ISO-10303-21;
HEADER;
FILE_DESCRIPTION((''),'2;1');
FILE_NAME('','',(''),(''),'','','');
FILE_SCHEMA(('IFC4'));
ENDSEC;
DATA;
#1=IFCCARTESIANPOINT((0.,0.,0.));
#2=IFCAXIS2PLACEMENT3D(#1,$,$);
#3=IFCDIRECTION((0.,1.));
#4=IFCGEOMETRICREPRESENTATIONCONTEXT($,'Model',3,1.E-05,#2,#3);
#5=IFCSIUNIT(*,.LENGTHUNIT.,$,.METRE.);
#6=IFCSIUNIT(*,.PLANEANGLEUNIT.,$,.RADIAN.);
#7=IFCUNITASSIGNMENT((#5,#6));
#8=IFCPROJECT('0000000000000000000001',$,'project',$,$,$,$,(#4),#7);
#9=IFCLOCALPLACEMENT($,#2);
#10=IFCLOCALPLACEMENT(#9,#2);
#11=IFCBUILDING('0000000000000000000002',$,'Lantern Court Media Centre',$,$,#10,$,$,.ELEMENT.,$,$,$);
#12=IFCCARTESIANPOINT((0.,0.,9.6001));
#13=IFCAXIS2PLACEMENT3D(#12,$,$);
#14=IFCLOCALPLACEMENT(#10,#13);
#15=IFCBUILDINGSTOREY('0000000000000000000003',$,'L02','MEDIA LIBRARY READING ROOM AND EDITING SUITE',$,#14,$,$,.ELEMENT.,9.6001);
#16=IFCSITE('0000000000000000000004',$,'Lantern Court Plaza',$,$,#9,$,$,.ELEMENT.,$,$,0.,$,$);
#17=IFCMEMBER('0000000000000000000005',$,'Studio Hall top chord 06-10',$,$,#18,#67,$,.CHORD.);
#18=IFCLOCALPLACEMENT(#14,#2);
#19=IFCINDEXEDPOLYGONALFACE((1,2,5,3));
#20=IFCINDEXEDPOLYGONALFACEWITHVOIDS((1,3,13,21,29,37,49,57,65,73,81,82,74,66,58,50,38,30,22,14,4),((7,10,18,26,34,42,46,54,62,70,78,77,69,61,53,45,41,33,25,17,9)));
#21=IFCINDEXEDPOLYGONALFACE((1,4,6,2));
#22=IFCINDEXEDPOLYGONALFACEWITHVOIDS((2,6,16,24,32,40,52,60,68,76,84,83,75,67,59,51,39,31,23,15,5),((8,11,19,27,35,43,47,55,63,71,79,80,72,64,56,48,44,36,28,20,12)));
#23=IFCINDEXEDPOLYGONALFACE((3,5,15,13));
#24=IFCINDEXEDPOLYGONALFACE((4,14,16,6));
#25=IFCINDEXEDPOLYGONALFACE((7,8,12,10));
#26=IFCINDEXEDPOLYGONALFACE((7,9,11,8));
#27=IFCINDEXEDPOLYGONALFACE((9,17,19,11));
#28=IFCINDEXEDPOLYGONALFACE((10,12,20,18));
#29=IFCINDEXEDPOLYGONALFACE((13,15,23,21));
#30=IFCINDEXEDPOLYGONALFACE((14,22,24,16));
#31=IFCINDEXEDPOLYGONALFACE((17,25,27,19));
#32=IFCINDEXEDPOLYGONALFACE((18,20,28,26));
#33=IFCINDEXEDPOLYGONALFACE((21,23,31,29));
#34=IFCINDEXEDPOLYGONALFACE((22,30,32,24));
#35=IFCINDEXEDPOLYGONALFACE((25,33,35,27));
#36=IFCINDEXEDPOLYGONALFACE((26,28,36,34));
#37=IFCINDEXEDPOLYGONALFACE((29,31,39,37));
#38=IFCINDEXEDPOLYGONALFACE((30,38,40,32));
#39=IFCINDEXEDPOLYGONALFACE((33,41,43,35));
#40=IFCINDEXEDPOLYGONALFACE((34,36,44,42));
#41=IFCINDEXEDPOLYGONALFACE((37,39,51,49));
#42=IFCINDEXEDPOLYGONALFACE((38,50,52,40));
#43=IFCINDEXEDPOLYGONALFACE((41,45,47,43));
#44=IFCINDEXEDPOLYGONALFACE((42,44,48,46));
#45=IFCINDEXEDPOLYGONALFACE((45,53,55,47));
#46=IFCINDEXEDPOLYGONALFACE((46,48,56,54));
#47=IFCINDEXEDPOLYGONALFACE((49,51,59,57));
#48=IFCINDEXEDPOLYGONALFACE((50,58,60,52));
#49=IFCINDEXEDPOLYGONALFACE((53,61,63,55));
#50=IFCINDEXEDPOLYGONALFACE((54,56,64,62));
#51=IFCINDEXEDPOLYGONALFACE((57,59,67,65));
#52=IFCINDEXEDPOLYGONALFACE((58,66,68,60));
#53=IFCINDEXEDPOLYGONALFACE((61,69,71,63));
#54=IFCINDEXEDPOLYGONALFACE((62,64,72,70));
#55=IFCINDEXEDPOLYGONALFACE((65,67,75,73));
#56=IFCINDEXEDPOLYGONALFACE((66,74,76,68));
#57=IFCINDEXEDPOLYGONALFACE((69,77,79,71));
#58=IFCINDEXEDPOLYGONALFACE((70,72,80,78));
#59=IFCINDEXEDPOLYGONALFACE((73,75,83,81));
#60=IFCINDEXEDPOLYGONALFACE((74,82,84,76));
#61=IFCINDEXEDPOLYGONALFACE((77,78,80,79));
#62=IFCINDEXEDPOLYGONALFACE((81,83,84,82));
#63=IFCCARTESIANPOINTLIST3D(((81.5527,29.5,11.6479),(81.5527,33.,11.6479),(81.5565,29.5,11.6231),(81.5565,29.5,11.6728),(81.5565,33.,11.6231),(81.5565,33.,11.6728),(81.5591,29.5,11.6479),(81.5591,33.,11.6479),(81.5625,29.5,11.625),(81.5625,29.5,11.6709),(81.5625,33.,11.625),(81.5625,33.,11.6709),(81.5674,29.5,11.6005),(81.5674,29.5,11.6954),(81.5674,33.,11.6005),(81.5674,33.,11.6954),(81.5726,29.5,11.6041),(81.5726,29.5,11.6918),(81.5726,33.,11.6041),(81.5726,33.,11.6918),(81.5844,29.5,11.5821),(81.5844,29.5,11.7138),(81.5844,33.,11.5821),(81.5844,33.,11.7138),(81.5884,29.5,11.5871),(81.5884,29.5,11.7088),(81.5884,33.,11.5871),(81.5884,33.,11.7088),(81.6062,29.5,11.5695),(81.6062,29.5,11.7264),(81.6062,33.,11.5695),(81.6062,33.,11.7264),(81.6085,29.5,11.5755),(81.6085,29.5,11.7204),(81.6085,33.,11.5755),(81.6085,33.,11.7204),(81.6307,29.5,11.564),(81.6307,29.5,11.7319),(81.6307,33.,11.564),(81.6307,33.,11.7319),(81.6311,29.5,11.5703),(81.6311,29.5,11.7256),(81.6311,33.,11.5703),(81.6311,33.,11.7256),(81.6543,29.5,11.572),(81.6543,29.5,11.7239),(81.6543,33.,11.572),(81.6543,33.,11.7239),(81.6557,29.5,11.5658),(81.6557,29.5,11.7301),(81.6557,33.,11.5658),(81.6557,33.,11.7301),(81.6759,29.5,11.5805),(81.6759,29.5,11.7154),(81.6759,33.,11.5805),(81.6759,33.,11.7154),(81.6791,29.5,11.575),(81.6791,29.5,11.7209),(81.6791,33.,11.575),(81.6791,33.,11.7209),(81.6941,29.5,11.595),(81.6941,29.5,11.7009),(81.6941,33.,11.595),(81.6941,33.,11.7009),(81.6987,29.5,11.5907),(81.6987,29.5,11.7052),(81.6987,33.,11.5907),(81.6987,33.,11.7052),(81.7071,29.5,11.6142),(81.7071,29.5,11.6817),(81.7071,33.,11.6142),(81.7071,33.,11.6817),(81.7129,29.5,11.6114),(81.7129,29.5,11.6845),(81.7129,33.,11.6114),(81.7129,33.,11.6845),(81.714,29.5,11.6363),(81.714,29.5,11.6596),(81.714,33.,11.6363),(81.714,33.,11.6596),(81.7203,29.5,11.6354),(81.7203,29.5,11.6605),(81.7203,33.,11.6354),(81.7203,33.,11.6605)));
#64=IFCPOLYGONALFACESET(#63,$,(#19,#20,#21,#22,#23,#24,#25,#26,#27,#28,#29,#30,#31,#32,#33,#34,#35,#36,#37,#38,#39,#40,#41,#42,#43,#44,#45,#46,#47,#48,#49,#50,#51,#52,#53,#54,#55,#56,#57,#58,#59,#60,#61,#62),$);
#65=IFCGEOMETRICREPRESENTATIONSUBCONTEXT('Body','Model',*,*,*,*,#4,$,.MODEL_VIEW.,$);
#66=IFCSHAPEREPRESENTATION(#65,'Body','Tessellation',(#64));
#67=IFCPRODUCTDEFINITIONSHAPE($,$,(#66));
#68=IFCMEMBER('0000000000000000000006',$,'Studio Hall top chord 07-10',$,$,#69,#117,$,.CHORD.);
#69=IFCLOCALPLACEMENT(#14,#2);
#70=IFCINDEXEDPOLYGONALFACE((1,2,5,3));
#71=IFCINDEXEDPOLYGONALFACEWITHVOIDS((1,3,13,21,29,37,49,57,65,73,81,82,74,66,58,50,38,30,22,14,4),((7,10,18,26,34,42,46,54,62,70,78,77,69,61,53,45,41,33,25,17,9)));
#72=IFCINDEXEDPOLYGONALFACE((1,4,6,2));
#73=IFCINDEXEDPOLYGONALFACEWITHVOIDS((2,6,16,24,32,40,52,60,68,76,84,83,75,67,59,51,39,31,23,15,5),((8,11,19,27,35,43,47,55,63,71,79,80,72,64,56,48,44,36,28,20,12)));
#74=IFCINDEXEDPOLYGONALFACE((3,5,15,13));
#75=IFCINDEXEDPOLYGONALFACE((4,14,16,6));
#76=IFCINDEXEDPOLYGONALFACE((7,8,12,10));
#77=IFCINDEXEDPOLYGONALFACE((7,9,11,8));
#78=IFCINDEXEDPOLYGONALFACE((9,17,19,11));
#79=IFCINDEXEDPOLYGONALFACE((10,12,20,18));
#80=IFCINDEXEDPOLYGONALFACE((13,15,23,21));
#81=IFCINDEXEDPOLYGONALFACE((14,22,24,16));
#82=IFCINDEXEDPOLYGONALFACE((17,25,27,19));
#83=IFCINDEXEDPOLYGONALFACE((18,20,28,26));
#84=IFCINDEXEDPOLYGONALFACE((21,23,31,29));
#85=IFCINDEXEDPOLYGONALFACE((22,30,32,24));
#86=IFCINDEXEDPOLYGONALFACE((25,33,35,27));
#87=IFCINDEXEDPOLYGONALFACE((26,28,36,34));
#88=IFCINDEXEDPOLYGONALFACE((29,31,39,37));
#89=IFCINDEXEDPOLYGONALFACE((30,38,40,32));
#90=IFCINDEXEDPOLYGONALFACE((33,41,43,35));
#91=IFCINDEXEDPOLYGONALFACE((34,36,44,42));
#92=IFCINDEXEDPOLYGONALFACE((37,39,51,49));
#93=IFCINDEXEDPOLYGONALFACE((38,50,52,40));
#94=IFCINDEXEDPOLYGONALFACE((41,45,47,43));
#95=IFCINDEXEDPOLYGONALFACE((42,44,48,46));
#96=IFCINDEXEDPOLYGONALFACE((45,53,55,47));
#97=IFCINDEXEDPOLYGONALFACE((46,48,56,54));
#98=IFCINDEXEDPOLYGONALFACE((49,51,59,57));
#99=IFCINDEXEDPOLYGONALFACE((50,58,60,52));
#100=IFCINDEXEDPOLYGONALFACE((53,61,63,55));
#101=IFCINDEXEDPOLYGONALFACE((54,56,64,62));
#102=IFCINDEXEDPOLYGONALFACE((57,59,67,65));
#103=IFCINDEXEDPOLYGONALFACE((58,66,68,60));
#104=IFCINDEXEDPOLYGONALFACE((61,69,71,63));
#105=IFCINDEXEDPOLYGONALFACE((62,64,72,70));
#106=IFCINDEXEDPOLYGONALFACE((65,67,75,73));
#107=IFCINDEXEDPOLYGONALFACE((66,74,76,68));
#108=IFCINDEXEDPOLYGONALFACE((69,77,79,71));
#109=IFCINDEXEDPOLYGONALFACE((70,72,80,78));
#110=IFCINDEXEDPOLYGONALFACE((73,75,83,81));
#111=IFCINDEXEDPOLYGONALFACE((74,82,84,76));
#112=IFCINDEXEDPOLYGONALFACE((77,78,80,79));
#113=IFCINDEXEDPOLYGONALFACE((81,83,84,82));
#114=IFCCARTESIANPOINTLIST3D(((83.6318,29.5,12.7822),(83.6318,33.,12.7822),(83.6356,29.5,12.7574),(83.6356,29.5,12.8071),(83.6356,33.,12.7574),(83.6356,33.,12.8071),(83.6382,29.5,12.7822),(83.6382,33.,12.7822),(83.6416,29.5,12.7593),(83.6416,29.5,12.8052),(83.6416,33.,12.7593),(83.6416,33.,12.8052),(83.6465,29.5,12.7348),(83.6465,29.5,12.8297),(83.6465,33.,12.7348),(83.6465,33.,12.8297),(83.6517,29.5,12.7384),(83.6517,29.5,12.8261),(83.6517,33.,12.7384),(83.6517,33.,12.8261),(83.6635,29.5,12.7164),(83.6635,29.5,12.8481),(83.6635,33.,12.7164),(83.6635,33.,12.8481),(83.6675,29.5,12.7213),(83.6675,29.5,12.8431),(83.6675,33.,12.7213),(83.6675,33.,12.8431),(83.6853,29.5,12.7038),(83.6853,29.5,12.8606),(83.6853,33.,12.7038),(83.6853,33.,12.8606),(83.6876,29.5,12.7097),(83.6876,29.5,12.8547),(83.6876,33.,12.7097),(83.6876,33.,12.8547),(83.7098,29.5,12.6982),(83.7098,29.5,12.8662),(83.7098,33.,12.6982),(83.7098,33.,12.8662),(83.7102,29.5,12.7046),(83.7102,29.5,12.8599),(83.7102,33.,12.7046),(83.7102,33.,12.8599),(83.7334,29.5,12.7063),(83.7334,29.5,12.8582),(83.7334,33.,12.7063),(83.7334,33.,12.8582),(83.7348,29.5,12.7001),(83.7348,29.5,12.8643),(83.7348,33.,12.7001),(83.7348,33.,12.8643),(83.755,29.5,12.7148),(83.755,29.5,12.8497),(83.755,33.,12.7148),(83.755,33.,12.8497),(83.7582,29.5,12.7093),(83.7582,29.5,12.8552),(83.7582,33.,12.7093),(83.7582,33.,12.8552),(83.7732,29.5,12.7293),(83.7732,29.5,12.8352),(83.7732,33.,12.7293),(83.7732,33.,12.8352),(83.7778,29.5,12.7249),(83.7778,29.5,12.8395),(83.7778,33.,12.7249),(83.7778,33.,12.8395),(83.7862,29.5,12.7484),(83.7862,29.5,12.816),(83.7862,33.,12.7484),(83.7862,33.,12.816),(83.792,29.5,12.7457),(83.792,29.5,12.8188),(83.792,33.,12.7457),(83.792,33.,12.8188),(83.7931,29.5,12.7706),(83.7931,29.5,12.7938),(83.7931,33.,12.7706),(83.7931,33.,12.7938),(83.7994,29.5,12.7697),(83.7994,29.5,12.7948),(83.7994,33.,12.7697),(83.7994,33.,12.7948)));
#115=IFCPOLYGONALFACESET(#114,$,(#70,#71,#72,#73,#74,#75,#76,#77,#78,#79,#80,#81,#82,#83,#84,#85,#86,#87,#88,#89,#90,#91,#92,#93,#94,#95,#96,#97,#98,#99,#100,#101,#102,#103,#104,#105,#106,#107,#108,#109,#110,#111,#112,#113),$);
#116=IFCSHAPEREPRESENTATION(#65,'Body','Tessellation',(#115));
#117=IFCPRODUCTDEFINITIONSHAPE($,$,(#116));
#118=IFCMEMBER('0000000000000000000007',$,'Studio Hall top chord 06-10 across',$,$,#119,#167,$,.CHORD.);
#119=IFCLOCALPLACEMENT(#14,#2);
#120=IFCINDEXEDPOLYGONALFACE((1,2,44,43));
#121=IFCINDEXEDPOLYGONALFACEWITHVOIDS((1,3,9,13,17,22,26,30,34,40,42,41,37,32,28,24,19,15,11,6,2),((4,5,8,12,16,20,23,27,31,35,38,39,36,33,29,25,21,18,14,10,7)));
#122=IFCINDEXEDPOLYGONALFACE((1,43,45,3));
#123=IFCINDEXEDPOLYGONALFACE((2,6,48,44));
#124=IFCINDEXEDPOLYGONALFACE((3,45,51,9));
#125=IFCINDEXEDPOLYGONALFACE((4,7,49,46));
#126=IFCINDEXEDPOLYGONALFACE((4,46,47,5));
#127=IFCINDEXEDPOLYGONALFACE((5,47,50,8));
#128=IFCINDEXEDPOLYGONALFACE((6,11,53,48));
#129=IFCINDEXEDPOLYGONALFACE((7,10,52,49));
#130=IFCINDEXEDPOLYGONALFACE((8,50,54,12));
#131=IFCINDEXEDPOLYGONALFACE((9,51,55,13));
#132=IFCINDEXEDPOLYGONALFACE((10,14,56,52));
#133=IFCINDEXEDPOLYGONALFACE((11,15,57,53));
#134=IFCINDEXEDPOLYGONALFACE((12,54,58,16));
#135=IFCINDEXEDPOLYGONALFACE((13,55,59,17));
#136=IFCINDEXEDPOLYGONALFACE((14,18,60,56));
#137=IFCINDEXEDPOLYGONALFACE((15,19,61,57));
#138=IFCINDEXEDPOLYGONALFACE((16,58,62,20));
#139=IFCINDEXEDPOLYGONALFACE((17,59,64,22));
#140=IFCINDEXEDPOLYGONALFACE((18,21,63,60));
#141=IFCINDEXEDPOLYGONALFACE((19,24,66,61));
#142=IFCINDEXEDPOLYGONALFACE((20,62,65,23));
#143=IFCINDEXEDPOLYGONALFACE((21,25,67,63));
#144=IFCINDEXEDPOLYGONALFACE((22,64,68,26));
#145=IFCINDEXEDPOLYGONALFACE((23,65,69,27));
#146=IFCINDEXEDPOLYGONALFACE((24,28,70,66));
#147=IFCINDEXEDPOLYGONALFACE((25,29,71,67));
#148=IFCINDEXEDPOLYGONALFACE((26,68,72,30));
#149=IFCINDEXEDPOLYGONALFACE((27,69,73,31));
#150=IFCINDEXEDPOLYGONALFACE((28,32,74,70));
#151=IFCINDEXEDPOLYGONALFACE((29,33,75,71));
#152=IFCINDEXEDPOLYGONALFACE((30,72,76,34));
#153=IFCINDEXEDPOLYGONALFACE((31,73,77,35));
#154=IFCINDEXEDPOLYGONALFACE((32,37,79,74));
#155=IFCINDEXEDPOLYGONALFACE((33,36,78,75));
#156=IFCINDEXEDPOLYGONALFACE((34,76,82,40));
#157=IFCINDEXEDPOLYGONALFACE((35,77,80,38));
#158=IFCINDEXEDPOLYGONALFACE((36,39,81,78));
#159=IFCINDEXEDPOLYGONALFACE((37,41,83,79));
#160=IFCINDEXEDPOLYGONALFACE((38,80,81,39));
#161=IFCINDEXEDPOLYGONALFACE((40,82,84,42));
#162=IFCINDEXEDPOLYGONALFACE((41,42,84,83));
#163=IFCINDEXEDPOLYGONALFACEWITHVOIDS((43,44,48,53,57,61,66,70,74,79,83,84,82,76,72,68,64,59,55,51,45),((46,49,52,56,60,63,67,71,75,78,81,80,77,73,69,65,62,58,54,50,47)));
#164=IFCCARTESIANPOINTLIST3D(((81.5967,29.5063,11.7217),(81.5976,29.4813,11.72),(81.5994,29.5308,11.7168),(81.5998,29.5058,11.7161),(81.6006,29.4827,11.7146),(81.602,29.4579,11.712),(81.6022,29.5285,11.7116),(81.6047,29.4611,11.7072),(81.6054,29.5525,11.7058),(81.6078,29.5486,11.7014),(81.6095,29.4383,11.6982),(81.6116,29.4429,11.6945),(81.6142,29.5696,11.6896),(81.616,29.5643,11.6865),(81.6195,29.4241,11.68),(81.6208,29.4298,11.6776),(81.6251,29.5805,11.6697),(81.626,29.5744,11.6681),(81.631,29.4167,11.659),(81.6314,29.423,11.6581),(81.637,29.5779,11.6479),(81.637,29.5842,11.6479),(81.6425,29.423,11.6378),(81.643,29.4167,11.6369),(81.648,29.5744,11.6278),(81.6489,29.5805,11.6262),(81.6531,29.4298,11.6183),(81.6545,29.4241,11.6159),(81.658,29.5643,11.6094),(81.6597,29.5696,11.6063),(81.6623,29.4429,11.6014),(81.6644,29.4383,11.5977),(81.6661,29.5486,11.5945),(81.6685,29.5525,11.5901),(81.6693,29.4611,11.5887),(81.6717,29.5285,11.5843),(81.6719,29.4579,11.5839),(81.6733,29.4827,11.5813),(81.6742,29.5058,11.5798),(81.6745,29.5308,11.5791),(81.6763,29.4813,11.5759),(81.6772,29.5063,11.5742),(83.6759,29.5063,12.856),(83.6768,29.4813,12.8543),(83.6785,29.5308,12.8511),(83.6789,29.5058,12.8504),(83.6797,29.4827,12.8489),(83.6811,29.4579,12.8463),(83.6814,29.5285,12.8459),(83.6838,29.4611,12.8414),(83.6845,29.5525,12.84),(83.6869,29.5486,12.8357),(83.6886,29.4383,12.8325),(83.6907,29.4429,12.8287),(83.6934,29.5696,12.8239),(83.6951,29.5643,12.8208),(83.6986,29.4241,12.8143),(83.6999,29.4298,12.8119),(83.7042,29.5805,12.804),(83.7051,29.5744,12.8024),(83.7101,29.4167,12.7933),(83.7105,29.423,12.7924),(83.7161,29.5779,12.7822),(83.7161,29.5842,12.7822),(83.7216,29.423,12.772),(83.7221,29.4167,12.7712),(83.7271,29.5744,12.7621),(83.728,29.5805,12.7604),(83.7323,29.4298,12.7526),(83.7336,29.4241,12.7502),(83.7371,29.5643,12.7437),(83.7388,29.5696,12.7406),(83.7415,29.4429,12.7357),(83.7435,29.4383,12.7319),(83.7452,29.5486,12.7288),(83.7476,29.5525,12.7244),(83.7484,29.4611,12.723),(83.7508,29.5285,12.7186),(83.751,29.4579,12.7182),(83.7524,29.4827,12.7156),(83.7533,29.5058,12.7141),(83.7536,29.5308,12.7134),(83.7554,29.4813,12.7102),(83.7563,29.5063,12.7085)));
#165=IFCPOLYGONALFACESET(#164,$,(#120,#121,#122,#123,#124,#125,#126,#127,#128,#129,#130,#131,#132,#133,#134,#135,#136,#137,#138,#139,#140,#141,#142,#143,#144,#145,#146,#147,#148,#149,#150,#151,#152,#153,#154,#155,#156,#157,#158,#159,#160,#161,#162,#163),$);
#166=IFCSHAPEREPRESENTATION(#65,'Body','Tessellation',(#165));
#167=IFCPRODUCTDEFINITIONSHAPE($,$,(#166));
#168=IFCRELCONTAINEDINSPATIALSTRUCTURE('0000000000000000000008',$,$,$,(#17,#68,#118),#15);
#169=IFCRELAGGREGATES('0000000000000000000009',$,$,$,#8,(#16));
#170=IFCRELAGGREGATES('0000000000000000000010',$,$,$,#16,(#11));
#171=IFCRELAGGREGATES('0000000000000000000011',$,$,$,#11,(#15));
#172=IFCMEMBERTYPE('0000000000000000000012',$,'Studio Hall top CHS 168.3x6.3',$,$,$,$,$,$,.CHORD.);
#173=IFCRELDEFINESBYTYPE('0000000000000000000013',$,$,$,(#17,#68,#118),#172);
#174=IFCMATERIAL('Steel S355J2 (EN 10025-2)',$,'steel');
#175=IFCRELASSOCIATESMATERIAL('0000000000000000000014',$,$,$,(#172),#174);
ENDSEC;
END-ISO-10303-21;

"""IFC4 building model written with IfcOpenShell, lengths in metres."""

from ifc_helpers import new_model, si_unit, direction, frame, origin, origin_2d, place, context, subcontext, project, spatial, hollow_circle, extrude, material, material_profile, profile_set, type_object, element, save


model = new_model("IFC4")

# Units and contexts
model_context = context("Model", 3, precision=1e-05, world=origin(), true_north=direction((0.0, 1.0)))
body_context = subcontext(model_context, "Body", "Model", "MODEL_VIEW")
ifc_project = project(units=[si_unit("LENGTHUNIT", "METRE"), si_unit("PLANEANGLEUNIT", "RADIAN")], contexts=[model_context])

# Site, building, storey
site_placement = place(None, origin())
site = spatial("IfcSite", under=ifc_project, at=site_placement, Name="Lantern Court Plaza", CompositionType="ELEMENT", RefElevation=0.0)
building_placement = place(site_placement, origin())
building = spatial("IfcBuilding", under=site, at=building_placement, Name="Lantern Court Media Centre", CompositionType="ELEMENT")
storey_placement = place(building_placement, frame((0.0, 0.0, 9.6001)))
storey = spatial("IfcBuildingStorey", under=building, at=storey_placement, Name="L02", Description="MEDIA LIBRARY READING ROOM AND EDITING SUITE", CompositionType="ELEMENT", Elevation=9.6001)

# Members
ifc_material = material(Name="Steel S355J2 (EN 10025-2)", Category="steel")
ifc_material_profile_1 = material_profile(ifc_material, hollow_circle(Radius=0.0842, WallThickness=0.0063, at=origin_2d()), Name="Studio Hall top CHS 168.3x6.3")
ifc_profile_set_1 = profile_set([ifc_material_profile_1], Name="Steel S355J2 (EN 10025-2)")
member_type_1 = type_object("IfcMemberType", Name="Studio Hall top CHS 168.3x6.3", PredefinedType="CHORD", material=ifc_profile_set_1)
for number, where, z_axis, x_axis, name in (
    (1, (81.637, 29.5, 11.6479), (0.0, 1.0, 0.0), (-1.0, 0.0, 0.0), "Studio Hall top chord 06-10"),
    (2, (83.7161, 29.5, 12.7822), (0.0, 1.0, 0.0), (-1.0, 0.0, 0.0), "Studio Hall top chord 07-10"),
):
    element("IfcMember", number, at=place(storey_placement, frame(where, z_axis=z_axis, x_axis=x_axis)), inside=storey, type_object=member_type_1, Name=name, PredefinedType="CHORD", context=body_context, shape_type="SweptSolid", body=[
        extrude(hollow_circle(Radius=0.0842, WallThickness=0.0063, at=origin_2d()), origin(), (0.0, 0.0, 1.0), 3.5),
    ])
member_1_placement = place(storey_placement, frame((81.637, 29.5, 11.6479), z_axis=(0.877856, 0.0, 0.478924), x_axis=(0.0, 1.0, 0.0)))
element("IfcMember", 3, at=member_1_placement, inside=storey, type_object=member_type_1, Name="Studio Hall top chord 06-10 across", PredefinedType="CHORD", context=body_context, shape_type="SweptSolid", body=[
    extrude(hollow_circle(Radius=0.0842, WallThickness=0.0063, at=origin_2d()), origin(), (0.0, 0.0, 1.0), 2.3684),
])

save(model, "model.ifc")
